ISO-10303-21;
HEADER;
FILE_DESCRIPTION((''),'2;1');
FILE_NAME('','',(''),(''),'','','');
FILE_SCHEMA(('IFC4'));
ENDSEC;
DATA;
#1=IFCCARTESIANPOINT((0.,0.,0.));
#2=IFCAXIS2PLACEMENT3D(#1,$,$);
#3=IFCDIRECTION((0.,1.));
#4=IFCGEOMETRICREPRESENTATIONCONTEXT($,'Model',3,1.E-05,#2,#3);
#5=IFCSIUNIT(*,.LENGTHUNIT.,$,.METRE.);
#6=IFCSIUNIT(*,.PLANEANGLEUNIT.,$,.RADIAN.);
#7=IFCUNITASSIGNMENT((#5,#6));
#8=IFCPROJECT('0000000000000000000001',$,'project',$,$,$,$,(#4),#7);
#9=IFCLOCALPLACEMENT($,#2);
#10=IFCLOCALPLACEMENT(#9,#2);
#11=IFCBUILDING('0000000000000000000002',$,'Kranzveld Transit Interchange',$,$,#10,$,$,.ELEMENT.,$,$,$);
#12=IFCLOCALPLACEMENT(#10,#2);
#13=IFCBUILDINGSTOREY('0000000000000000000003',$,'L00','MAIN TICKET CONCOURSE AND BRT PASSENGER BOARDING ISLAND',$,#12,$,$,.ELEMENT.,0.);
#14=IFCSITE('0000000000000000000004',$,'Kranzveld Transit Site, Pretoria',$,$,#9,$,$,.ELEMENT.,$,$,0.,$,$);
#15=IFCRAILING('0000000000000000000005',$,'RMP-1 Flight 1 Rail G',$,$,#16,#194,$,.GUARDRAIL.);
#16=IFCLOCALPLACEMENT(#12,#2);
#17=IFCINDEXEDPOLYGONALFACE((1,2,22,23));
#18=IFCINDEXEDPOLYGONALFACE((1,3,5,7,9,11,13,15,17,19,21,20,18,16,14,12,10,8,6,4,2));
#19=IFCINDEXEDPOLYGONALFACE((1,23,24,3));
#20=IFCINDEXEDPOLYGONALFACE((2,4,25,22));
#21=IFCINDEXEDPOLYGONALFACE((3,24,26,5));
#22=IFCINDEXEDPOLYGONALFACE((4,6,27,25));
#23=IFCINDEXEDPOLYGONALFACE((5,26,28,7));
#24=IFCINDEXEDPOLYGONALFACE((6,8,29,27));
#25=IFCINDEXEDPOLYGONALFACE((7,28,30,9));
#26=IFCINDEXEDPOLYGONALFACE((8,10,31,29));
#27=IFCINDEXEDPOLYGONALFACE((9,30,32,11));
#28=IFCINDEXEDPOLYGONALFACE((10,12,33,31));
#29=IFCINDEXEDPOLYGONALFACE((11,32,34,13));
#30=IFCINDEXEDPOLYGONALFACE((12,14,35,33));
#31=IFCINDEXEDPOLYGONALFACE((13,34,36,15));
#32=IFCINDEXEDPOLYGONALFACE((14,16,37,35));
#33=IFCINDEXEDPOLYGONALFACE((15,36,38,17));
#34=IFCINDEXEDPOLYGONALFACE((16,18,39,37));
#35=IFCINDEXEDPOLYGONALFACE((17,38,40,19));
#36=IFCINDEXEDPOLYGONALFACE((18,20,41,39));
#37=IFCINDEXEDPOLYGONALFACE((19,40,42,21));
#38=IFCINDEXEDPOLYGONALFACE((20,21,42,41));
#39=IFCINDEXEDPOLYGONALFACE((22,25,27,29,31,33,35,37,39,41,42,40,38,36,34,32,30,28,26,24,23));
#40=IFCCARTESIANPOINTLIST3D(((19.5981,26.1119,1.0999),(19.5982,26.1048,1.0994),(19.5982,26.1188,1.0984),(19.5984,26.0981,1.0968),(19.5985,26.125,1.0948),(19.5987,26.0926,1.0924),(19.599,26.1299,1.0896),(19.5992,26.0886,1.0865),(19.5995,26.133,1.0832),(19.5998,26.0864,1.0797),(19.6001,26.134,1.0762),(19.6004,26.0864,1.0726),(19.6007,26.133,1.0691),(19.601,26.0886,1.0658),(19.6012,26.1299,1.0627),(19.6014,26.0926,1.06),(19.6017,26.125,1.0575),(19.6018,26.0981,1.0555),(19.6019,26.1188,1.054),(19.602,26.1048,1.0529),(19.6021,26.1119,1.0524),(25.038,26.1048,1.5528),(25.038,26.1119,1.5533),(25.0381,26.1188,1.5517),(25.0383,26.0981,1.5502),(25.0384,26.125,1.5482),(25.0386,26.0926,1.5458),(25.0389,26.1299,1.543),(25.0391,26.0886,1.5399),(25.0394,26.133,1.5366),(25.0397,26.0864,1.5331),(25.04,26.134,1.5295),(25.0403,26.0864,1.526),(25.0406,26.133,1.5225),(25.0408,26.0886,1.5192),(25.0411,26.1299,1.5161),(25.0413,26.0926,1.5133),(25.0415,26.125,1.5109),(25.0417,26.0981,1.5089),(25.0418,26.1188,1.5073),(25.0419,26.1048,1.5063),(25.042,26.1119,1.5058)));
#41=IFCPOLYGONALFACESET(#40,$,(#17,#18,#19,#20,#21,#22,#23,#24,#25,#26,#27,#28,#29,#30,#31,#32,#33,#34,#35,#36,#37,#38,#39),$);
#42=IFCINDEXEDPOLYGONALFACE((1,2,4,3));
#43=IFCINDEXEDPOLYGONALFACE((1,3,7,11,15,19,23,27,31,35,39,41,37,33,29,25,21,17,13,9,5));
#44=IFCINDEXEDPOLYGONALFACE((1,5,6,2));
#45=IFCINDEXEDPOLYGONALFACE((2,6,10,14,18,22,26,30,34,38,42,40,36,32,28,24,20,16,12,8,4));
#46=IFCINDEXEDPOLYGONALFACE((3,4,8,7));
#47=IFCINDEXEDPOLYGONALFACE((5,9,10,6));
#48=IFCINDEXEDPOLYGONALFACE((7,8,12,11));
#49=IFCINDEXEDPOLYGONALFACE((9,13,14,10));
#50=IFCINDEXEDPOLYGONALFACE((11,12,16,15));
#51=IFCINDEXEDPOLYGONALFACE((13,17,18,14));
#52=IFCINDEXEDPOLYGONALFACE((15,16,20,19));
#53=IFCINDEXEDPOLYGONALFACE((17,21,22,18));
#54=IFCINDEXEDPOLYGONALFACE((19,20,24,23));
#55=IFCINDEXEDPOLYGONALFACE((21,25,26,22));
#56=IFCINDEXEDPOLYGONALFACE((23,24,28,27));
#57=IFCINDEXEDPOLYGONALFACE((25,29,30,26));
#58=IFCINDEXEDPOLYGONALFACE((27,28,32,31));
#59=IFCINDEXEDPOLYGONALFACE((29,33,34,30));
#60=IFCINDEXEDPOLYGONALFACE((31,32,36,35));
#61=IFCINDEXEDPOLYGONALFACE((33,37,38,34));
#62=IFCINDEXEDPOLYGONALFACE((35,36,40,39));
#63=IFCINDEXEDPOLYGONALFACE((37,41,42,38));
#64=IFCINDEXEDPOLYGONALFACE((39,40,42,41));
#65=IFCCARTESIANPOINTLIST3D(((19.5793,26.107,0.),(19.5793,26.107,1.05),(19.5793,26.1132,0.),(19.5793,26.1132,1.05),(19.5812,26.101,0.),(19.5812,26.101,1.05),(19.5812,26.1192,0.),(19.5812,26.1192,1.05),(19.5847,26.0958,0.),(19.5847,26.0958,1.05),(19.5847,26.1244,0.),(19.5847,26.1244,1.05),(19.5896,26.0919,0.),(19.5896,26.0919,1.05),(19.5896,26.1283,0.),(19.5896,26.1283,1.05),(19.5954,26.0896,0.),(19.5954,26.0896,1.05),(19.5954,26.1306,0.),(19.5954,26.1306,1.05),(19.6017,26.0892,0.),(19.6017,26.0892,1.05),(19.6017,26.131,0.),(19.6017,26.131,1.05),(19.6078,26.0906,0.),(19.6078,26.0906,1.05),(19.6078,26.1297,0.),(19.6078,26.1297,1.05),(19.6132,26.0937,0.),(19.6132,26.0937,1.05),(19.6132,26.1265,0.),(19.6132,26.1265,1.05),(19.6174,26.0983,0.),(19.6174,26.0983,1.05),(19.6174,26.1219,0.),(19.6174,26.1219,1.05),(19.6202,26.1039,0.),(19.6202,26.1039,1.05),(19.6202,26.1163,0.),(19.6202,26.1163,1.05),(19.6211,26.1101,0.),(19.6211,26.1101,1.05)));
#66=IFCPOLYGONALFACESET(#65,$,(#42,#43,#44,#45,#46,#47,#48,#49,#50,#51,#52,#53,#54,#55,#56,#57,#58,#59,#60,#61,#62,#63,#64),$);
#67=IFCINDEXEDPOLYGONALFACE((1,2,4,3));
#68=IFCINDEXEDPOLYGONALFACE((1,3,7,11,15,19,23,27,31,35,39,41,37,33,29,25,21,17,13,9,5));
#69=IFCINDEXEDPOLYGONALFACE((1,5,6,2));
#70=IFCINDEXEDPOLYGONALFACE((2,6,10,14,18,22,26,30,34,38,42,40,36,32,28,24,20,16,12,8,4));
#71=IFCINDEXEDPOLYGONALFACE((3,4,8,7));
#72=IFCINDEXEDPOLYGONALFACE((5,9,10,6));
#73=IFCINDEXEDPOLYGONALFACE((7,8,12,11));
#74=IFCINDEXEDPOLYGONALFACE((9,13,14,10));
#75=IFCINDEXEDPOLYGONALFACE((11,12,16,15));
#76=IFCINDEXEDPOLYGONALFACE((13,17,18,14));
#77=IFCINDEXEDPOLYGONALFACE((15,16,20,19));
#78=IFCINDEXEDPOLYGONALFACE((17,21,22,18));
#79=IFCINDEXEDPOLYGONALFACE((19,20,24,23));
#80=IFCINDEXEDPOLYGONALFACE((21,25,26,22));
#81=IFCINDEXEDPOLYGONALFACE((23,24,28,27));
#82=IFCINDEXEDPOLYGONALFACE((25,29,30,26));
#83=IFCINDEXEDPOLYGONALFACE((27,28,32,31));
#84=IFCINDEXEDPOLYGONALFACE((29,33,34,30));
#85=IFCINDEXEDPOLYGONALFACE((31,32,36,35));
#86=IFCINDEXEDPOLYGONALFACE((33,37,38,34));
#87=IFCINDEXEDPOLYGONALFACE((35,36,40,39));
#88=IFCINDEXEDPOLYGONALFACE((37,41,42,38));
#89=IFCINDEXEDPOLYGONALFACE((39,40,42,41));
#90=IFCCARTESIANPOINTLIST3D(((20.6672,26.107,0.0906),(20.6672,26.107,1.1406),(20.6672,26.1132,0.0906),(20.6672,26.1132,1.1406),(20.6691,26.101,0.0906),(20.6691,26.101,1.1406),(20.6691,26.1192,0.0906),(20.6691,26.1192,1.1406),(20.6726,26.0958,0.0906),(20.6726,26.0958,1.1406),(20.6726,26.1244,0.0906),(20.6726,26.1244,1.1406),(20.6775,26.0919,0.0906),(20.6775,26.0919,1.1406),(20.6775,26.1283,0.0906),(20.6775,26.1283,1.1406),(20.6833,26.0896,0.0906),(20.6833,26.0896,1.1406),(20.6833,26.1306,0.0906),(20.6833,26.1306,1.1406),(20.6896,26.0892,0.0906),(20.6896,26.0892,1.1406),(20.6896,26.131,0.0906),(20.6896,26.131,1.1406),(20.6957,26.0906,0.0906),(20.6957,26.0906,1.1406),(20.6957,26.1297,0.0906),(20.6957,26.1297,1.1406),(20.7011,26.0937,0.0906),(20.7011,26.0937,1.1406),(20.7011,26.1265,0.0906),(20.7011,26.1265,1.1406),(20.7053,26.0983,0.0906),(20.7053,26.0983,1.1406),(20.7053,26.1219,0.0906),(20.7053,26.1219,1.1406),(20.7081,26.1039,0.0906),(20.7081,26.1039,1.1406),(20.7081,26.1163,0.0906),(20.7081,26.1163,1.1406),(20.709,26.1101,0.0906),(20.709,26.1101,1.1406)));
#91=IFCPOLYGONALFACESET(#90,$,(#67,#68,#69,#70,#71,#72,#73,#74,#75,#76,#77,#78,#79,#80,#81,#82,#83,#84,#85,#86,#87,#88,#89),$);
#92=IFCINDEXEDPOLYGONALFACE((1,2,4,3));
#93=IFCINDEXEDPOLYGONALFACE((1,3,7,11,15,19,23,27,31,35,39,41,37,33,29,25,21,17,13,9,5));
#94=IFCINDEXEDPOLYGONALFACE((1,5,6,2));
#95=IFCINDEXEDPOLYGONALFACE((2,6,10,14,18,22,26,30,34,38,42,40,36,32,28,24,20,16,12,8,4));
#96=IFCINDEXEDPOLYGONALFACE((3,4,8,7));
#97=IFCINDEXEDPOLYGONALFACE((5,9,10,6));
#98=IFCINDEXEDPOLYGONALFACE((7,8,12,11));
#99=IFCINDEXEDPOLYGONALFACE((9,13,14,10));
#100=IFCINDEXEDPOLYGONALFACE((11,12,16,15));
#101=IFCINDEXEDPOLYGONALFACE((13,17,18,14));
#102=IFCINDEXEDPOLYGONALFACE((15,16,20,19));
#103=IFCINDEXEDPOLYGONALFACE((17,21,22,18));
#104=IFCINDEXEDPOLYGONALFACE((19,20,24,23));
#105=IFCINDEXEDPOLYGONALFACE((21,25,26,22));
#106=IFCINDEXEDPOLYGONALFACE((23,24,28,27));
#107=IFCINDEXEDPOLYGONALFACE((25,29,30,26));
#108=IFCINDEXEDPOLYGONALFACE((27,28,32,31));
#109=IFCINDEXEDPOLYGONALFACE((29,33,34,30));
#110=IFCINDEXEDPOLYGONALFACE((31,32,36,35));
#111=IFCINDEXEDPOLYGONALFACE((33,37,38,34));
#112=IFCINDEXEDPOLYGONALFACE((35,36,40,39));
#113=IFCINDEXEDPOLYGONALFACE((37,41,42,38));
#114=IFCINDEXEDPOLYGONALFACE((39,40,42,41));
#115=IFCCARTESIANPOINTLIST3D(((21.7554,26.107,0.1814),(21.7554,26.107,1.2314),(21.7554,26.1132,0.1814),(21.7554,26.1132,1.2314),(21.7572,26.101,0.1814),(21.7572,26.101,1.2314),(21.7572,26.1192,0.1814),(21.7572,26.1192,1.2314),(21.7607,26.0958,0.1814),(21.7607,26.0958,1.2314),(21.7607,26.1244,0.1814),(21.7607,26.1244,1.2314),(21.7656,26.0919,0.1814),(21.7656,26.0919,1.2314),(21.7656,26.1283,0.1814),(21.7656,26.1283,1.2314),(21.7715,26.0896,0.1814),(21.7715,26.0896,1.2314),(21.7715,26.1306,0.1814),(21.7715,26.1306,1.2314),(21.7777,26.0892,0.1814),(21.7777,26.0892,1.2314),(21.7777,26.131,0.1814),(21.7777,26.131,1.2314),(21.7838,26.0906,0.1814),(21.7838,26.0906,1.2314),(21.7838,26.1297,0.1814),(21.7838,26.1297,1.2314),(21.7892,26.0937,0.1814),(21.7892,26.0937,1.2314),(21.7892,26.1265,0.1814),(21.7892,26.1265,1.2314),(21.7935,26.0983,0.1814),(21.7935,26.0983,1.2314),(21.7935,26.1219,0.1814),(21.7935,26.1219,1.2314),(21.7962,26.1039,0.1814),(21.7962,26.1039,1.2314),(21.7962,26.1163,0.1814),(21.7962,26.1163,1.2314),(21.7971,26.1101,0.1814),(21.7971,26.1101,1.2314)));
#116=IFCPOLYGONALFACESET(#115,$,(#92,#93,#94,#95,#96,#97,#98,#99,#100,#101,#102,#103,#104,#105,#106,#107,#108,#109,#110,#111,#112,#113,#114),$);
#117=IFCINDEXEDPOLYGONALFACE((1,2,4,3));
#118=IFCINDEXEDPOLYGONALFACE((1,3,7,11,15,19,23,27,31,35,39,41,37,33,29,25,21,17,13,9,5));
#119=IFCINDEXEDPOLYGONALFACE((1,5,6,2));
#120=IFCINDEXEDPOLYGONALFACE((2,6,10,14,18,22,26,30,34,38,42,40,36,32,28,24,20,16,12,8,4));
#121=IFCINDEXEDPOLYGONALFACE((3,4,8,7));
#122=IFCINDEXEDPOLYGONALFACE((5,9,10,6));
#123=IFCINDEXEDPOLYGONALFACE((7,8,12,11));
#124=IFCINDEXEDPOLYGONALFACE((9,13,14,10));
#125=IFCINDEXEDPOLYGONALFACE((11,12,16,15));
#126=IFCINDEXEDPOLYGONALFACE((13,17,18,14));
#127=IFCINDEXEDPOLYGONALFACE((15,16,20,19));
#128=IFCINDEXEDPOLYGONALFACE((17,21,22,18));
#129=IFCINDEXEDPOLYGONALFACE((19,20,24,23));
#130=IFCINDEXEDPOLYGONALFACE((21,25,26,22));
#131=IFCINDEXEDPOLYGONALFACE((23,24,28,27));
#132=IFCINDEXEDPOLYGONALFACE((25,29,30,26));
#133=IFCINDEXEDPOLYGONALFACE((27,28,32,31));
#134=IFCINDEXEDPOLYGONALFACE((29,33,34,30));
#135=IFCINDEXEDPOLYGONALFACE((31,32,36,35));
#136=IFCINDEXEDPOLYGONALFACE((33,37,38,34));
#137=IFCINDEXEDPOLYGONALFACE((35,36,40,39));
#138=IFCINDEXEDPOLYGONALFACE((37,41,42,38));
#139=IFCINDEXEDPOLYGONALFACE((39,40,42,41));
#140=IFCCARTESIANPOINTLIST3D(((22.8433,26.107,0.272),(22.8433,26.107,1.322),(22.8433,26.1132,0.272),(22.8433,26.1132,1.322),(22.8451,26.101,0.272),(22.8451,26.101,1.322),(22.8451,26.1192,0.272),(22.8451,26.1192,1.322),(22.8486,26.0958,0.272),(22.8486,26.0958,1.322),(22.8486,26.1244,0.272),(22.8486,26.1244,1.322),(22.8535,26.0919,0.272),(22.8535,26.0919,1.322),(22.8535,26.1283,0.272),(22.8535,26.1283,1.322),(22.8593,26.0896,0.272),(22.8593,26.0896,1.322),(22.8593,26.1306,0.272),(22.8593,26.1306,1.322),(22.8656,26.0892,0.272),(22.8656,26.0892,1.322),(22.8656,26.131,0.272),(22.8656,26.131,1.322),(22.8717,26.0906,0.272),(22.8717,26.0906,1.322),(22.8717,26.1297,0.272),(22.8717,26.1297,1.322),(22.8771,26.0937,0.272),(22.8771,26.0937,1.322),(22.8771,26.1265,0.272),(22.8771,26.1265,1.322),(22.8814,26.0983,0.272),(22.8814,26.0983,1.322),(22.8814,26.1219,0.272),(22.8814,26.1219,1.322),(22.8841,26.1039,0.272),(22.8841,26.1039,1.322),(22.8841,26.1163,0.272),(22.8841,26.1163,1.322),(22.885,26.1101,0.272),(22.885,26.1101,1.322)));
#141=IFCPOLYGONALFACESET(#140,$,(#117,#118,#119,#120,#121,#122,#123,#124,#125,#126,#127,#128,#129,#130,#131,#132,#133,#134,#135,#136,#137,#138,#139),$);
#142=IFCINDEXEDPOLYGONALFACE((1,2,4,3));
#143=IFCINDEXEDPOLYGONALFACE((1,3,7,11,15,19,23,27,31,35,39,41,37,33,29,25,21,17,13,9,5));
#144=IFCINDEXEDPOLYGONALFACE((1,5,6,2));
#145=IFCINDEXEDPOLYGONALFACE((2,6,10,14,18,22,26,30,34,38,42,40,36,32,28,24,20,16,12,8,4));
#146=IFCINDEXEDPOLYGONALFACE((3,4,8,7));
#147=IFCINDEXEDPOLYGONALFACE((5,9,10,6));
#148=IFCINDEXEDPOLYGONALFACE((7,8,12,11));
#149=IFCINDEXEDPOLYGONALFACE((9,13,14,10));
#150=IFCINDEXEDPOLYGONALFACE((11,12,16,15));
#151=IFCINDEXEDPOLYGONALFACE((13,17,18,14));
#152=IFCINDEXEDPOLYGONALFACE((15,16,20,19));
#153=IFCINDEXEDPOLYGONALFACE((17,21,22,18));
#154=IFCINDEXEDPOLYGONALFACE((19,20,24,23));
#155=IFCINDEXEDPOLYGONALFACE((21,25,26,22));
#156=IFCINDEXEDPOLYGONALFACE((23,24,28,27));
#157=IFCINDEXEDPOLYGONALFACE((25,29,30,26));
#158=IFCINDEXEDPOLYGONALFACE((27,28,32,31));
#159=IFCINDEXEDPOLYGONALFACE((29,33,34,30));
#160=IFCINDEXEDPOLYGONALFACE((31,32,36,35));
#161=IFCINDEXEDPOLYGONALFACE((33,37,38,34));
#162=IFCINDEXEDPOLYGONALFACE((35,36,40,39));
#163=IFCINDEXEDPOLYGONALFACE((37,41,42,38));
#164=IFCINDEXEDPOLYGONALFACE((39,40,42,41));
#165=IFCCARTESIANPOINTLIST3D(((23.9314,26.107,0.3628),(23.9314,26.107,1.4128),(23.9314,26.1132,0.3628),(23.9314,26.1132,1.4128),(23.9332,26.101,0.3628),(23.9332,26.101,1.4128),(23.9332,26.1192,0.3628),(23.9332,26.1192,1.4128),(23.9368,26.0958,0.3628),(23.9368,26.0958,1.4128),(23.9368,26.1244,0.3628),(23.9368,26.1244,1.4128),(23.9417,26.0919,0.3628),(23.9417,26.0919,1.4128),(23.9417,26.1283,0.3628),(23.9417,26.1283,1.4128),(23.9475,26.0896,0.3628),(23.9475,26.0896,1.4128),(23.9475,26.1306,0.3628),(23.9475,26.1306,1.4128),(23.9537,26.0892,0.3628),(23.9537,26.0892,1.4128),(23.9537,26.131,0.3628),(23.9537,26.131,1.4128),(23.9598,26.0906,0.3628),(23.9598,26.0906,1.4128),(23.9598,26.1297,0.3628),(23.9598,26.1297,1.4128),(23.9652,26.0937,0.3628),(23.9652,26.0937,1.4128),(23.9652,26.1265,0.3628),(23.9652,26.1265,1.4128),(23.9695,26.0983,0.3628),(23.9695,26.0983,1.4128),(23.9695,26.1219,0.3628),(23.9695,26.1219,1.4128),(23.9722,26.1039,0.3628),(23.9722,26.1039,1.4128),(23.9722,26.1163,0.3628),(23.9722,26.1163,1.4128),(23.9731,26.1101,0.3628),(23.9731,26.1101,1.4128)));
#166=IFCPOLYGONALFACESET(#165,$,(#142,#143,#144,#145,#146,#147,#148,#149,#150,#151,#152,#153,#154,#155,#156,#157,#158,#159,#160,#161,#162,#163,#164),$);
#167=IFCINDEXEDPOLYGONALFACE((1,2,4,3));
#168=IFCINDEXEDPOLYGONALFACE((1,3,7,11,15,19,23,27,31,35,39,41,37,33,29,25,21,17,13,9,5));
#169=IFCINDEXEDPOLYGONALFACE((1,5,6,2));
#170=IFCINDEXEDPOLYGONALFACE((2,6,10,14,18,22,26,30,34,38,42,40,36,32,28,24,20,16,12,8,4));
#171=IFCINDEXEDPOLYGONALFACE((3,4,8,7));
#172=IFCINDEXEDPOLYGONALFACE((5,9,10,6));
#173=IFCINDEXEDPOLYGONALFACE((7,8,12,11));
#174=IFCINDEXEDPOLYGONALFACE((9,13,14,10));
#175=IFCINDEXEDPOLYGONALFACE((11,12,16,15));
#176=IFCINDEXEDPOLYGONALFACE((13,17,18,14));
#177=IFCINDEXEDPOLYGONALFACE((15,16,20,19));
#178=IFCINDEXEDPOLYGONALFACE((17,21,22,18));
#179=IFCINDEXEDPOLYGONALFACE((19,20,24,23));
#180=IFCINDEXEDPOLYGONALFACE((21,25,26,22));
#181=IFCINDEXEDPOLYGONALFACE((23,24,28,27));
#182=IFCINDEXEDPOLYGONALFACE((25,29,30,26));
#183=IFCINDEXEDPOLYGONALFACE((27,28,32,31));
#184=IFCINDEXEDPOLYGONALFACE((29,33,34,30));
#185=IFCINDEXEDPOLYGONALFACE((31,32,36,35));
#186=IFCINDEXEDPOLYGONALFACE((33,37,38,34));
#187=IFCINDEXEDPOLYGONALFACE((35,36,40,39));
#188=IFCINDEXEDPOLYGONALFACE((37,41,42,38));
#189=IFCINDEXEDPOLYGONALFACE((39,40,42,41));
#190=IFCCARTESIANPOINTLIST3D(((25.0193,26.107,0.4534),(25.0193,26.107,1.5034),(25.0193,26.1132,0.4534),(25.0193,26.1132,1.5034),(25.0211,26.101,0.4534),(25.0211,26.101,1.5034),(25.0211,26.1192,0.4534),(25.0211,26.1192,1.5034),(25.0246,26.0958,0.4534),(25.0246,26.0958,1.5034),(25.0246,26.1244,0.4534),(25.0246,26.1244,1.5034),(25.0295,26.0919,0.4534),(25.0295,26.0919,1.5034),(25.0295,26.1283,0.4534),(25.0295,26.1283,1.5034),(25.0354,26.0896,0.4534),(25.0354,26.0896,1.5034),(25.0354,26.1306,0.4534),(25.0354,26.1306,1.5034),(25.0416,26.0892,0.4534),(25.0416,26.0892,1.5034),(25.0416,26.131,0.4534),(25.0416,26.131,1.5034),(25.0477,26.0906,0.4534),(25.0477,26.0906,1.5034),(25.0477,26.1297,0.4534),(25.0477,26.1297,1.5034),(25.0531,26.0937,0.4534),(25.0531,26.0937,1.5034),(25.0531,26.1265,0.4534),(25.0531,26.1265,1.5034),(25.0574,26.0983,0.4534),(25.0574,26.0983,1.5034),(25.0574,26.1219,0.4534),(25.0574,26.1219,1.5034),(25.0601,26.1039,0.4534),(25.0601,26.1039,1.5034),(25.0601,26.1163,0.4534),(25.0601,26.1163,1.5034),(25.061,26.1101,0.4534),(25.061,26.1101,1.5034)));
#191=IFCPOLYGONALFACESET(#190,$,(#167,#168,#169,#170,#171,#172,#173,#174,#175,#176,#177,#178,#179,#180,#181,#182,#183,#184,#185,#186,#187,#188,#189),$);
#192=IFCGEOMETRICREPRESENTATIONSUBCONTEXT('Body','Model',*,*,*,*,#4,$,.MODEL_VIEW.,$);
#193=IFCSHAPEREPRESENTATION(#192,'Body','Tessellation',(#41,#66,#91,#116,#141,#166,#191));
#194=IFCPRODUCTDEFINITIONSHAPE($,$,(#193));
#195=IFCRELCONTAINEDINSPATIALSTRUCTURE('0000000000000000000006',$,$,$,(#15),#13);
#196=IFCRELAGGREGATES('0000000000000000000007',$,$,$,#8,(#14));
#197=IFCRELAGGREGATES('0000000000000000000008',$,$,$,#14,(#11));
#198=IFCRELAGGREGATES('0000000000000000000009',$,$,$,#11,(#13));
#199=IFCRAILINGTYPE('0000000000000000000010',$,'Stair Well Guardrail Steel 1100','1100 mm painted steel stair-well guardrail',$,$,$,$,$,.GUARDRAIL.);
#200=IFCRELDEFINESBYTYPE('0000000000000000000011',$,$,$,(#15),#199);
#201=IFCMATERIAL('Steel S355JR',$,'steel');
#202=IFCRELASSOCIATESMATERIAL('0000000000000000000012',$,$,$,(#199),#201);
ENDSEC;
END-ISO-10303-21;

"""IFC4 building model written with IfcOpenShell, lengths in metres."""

from ifc_helpers import new_model, si_unit, direction, frame, origin, origin_2d, place, context, subcontext, project, spatial, circle, extrude, material, type_object, element, save


model = new_model("IFC4")

# Units and contexts
model_context = context("Model", 3, precision=1e-05, world=origin(), true_north=direction((0.0, 1.0)))
body_context = subcontext(model_context, "Body", "Model", "MODEL_VIEW")
ifc_project = project(units=[si_unit("LENGTHUNIT", "METRE"), si_unit("PLANEANGLEUNIT", "RADIAN")], contexts=[model_context])

# Site, building, storey
site_placement = place(None, origin())
site = spatial("IfcSite", under=ifc_project, at=site_placement, Name="Kranzveld Transit Site, Pretoria", CompositionType="ELEMENT", RefElevation=0.0)
building_placement = place(site_placement, origin())
building = spatial("IfcBuilding", under=site, at=building_placement, Name="Kranzveld Transit Interchange", CompositionType="ELEMENT")
storey_placement = place(building_placement, origin())
storey = spatial("IfcBuildingStorey", under=building, at=storey_placement, Name="L00", Description="MAIN TICKET CONCOURSE AND BRT PASSENGER BOARDING ISLAND", CompositionType="ELEMENT", Elevation=0.0)

# Railing
ifc_material_1 = material(Name="Steel S355JR", Category="steel")
railing_type_1 = type_object("IfcRailingType", Name="Stair Well Guardrail Steel 1100", Description="1100 mm painted steel stair-well guardrail", PredefinedType="GUARDRAIL", material=ifc_material_1)
railing_1_placement = place(storey_placement, frame((19.6001, 26.1101, 0.0)))
element("IfcRailing", 1, at=railing_1_placement, inside=storey, type_object=railing_type_1, Name="RMP-1 Flight 1 Rail G", PredefinedType="GUARDRAIL", context=body_context, shape_type="SweptSolid", body=[
    extrude(circle(Radius=0.0239, at=origin_2d()), frame((0.0, 0.0, 1.0762), z_axis=(0.996545, 0.0, 0.083053), x_axis=(0.0, 1.0, 0.0)), (0.0, 0.0, 1.0), 5.4587),
    extrude(circle(Radius=0.021, at=origin_2d()), origin(), (0.0, 0.0, 1.0), 1.05),
    extrude(circle(Radius=0.021, at=origin_2d()), frame((1.0879, 0.0, 0.0906)), (0.0, 0.0, 1.0), 1.05),
    extrude(circle(Radius=0.021, at=origin_2d()), frame((2.176, 0.0, 0.1814)), (0.0, 0.0, 1.0), 1.05),
    extrude(circle(Radius=0.021, at=origin_2d()), frame((3.2639, 0.0, 0.272)), (0.0, 0.0, 1.0), 1.05),
    extrude(circle(Radius=0.021, at=origin_2d()), frame((4.3521, 0.0, 0.3628)), (0.0, 0.0, 1.0), 1.05),
    extrude(circle(Radius=0.021, at=origin_2d()), frame((5.4399, 0.0, 0.4534)), (0.0, 0.0, 1.0), 1.05),
])

save(model, "model.ifc")
